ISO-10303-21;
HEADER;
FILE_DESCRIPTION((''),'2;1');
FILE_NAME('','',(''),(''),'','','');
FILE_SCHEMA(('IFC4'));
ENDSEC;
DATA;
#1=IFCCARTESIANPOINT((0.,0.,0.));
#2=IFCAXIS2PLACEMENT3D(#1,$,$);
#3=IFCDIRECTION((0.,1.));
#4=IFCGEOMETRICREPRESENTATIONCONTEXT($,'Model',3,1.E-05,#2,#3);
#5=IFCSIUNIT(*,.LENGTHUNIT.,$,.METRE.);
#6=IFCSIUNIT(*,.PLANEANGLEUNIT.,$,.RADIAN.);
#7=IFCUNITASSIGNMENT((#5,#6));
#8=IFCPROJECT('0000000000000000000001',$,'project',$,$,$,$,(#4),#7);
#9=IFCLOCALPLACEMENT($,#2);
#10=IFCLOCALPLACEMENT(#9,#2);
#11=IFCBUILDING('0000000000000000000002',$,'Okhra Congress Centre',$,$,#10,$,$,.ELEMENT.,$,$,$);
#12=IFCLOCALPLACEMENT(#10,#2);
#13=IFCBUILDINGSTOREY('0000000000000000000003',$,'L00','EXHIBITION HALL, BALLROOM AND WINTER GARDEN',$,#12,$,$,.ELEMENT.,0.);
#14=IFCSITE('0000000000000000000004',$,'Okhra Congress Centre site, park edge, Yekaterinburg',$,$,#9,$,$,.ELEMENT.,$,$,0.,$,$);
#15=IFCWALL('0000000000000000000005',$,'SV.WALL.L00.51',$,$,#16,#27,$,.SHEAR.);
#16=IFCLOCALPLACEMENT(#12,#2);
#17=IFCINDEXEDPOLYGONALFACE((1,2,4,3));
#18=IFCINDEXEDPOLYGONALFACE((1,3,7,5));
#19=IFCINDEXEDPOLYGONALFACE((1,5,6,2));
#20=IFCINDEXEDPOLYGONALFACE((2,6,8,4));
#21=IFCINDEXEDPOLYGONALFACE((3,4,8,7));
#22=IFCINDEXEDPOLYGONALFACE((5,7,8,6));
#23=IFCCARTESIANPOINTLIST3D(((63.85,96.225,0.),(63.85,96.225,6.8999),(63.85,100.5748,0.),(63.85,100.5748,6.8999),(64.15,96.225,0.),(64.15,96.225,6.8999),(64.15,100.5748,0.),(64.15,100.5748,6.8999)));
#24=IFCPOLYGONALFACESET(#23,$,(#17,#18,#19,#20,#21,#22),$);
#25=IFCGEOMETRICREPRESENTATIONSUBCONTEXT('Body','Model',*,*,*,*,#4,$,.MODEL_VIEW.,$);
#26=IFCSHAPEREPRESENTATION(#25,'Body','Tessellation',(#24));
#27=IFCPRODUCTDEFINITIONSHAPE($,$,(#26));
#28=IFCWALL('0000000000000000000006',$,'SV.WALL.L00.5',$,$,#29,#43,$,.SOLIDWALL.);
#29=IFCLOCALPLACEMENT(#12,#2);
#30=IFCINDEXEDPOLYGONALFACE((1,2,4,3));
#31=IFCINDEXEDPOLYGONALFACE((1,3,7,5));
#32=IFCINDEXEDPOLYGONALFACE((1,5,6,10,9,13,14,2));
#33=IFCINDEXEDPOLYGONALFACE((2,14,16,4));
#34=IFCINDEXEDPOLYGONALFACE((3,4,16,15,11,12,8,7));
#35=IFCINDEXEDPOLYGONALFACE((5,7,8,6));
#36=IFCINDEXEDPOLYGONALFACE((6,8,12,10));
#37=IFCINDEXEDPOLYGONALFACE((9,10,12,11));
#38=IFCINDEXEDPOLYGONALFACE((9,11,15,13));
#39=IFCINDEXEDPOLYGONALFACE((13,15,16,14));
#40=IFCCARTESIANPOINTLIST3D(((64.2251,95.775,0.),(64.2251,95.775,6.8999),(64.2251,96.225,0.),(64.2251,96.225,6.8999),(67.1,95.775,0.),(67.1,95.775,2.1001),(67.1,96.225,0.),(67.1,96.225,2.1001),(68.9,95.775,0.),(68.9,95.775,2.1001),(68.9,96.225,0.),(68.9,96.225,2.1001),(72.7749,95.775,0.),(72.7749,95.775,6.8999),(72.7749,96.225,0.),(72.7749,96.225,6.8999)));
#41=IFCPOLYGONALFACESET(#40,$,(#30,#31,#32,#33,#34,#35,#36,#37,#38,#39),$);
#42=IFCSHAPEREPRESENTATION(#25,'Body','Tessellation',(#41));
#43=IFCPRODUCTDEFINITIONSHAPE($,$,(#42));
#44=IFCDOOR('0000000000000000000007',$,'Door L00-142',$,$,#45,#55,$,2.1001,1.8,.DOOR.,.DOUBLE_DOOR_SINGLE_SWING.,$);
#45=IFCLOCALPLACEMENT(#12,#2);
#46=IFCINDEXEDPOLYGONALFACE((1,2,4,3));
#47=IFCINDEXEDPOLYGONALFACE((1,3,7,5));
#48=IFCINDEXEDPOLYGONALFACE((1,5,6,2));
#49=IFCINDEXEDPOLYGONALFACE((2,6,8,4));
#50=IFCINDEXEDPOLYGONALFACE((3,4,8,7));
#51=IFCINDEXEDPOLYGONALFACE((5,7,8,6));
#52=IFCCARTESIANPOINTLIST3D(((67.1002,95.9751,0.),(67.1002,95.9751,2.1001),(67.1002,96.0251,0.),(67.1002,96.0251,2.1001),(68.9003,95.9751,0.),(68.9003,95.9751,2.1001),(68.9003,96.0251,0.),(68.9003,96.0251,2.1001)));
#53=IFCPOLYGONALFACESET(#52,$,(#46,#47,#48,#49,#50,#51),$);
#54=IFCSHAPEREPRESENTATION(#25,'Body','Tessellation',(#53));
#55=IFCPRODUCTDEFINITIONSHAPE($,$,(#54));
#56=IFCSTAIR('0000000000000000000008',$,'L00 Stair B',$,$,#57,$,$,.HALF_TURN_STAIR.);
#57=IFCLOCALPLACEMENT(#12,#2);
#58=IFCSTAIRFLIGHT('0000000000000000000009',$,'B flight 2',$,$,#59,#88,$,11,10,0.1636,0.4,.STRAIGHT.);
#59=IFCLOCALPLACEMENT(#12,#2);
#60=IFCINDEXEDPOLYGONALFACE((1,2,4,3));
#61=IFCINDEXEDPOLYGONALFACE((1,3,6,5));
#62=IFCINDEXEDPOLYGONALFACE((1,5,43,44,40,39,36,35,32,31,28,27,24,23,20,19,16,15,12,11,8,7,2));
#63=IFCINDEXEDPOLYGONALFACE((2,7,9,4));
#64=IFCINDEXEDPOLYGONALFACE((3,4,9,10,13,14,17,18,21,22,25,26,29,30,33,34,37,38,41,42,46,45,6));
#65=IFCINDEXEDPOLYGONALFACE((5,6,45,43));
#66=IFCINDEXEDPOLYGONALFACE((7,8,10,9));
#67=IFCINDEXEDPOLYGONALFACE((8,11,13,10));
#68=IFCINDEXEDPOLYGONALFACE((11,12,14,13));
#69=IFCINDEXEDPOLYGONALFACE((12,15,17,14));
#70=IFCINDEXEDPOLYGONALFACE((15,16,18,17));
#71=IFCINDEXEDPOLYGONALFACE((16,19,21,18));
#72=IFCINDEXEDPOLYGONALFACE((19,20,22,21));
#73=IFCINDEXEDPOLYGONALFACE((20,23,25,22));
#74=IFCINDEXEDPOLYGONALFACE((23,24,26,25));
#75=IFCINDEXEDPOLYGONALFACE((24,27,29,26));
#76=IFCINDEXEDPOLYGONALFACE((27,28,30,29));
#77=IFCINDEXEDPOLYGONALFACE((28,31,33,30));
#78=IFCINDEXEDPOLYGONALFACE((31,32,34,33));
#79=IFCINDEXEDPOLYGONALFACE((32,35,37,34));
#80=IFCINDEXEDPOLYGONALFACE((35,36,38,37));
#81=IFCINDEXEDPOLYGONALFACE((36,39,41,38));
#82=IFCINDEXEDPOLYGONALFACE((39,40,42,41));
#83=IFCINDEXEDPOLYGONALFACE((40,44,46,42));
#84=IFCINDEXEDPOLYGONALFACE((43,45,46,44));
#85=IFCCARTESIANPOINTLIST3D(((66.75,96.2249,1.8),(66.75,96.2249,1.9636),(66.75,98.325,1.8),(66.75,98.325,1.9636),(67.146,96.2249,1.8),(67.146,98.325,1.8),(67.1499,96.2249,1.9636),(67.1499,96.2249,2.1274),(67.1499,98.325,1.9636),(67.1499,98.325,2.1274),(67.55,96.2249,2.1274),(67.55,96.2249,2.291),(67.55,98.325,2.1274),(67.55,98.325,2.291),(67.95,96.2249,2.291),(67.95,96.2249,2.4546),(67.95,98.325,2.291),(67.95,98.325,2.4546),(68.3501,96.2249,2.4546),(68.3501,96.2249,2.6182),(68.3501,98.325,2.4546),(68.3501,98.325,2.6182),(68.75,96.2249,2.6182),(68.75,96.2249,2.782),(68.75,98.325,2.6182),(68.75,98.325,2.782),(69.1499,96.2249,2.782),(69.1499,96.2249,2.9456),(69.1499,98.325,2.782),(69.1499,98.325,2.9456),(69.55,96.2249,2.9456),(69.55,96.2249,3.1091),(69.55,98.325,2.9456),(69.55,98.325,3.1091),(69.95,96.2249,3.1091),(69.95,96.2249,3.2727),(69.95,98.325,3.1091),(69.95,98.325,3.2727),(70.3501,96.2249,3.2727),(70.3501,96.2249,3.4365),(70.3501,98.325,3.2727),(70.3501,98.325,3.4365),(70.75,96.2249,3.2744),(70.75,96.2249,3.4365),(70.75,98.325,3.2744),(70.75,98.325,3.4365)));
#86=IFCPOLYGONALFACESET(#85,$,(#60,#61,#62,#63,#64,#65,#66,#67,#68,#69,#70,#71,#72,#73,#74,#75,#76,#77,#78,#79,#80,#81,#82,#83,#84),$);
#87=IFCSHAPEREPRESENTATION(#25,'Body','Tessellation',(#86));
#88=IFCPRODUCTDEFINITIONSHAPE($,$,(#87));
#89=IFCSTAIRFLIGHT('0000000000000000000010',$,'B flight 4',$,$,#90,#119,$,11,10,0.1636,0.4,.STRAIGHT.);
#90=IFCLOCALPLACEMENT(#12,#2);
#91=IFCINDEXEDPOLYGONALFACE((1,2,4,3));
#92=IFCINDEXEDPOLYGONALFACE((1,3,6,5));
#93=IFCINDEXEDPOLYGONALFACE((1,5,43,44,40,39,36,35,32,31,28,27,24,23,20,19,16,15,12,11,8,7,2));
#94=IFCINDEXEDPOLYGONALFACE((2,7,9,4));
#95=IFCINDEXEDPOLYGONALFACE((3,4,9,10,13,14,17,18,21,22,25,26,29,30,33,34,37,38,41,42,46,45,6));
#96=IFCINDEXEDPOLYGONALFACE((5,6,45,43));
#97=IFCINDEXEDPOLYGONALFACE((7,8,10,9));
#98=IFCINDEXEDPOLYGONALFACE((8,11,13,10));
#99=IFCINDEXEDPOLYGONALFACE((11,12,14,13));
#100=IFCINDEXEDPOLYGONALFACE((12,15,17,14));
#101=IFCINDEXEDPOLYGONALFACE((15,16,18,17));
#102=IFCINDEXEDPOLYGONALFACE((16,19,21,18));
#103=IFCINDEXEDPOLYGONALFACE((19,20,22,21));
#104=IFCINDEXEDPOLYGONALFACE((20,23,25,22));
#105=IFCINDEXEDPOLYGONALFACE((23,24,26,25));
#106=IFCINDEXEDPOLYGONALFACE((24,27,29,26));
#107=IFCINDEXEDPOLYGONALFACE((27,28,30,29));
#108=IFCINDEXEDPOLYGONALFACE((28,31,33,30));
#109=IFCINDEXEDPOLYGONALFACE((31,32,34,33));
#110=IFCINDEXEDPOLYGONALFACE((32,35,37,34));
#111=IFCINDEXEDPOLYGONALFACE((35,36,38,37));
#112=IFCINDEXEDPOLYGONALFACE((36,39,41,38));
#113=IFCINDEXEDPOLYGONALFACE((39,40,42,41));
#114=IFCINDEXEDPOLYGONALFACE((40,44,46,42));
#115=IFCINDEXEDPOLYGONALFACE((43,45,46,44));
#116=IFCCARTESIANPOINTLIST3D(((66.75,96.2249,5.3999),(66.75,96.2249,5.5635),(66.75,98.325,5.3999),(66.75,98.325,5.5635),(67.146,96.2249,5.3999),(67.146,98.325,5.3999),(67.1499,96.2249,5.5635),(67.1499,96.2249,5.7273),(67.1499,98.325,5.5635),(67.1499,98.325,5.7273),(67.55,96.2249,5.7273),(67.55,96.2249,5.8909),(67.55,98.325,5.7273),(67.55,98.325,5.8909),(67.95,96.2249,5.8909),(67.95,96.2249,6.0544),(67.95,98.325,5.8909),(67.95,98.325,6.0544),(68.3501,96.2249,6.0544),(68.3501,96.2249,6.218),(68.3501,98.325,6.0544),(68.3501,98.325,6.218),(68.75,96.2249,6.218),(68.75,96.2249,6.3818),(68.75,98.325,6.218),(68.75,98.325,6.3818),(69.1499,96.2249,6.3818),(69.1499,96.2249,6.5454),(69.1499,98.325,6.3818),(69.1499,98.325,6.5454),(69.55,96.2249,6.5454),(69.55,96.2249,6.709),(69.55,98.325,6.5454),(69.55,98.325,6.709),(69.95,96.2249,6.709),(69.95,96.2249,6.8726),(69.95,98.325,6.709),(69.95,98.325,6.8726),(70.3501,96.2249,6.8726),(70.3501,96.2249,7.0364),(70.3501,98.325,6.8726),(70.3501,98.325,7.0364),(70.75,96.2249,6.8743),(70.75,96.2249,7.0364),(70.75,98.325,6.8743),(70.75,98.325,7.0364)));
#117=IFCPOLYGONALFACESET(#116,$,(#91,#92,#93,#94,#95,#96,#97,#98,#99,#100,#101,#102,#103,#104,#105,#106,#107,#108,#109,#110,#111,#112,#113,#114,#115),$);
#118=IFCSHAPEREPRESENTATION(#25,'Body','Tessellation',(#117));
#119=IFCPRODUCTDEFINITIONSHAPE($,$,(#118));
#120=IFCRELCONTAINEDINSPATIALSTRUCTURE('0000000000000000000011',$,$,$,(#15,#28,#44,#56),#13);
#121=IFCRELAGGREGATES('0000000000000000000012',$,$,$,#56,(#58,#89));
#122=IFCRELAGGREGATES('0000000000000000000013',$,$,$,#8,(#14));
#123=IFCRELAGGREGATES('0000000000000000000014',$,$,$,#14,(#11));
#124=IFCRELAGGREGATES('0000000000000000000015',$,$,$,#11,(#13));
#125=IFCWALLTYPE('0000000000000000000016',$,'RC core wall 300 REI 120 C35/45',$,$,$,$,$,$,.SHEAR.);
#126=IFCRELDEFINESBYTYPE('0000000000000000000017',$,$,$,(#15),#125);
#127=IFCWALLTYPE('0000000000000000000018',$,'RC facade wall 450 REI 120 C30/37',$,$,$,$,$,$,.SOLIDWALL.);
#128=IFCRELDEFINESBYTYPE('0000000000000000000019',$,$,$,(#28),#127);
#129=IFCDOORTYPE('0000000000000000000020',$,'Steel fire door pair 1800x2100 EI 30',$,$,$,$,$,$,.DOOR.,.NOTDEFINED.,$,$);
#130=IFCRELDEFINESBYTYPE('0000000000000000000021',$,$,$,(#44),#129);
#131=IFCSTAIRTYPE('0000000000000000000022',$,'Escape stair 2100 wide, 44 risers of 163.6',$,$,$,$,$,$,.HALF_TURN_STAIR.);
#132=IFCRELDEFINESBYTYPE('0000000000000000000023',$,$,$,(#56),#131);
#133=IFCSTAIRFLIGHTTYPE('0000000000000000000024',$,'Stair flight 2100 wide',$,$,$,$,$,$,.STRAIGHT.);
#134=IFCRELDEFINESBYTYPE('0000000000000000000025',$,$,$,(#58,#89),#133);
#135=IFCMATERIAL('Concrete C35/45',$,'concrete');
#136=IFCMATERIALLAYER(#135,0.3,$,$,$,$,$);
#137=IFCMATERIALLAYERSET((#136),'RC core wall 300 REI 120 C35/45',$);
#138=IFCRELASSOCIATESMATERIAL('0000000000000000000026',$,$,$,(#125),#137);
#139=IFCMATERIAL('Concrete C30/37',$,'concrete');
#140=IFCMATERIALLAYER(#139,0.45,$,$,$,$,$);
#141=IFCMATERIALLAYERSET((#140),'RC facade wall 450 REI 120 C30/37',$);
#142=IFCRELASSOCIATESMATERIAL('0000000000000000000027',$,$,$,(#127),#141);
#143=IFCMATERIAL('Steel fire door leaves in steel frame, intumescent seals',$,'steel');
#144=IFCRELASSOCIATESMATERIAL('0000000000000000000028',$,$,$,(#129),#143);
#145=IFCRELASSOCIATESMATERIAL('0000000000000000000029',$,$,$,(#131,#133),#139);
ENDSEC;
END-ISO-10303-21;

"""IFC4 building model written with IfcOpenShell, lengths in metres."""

from ifc_helpers import new_model, si_unit, direction, frame, frame_2d, origin, place, context, subcontext, project, spatial, polyline, rectangle, outline, extrude, material, layer, layer_set, type_object, element, fill, aggregate, save


model = new_model("IFC4")

# Units and contexts
model_context = context("Model", 3, precision=1e-05, world=origin(), true_north=direction((0.0, 1.0)))
body_context = subcontext(model_context, "Body", "Model", "MODEL_VIEW")
ifc_project = project(units=[si_unit("LENGTHUNIT", "METRE"), si_unit("PLANEANGLEUNIT", "RADIAN")], contexts=[model_context])

# Site, building, storey
site_placement = place(None, origin())
site = spatial("IfcSite", under=ifc_project, at=site_placement, Name="Okhra Congress Centre site, park edge, Yekaterinburg", CompositionType="ELEMENT", RefElevation=0.0)
building_placement = place(site_placement, origin())
building = spatial("IfcBuilding", under=site, at=building_placement, Name="Okhra Congress Centre", CompositionType="ELEMENT")
storey_placement = place(building_placement, origin())
storey = spatial("IfcBuildingStorey", under=building, at=storey_placement, Name="L00", Description="EXHIBITION HALL, BALLROOM AND WINTER GARDEN", CompositionType="ELEMENT", Elevation=0.0)

# Shared definitions
ifc_material_1 = material(Name="Concrete C30/37", Category="concrete")

# Shared definitions
ifc_material_2 = material(Name="Concrete C35/45", Category="concrete")

# Shared definitions
ifc_layer_1 = layer(ifc_material_2, 0.3)
ifc_layer_set_1 = layer_set([ifc_layer_1], Name="RC core wall 300 REI 120 C35/45")
wall_type_1 = type_object("IfcWallType", Name="RC core wall 300 REI 120 C35/45", PredefinedType="SHEAR", material=ifc_layer_set_1)

# Wall
wall_1_placement = place(storey_placement, frame((64.0, 96.2251, 0.0), z_axis=(0.0, 0.0, 1.0), x_axis=(0.0, 1.0, 0.0)))
element("IfcWall", 1, at=wall_1_placement, inside=storey, type_object=wall_type_1, Name="SV.WALL.L00.51", PredefinedType="SHEAR", context=body_context, shape_type="SweptSolid", body=[
    extrude(rectangle(XDim=4.3499, YDim=0.3, at=frame_2d((2.1748, 0.0))), origin(), (0.0, 0.0, 1.0), 6.8999),
])

# Wall, opening, door
ifc_layer_2 = layer(ifc_material_1, 0.45)
ifc_layer_set_2 = layer_set([ifc_layer_2], Name="RC facade wall 450 REI 120 C30/37")
wall_type_2 = type_object("IfcWallType", Name="RC facade wall 450 REI 120 C30/37", PredefinedType="SOLIDWALL", material=ifc_layer_set_2)
wall_2_placement = place(storey_placement, frame((64.2251, 96.0, 0.0), z_axis=(0.0, 0.0, 1.0), x_axis=(1.0, 0.0, 0.0)))
wall_2 = element("IfcWall", 2, at=wall_2_placement, inside=storey, type_object=wall_type_2, Name="SV.WALL.L00.5", PredefinedType="SOLIDWALL", context=body_context, shape_type="SweptSolid", body=[
    extrude(rectangle(XDim=8.5498, YDim=0.45, at=frame_2d((4.2749, 0.0))), origin(), (0.0, 0.0, 1.0), 6.8999),
])
opening_1_placement = place(wall_2_placement, frame((2.875, 0.0, 0.0)))
opening_1 = element("IfcOpeningElement", 3, at=opening_1_placement, cuts=wall_2, PredefinedType="OPENING", context=body_context, shape_type="SweptSolid", body=[
    extrude(rectangle(XDim=1.8, YDim=2.1001, at=frame_2d((0.8999, 1.05))), frame((0.0, 0.2349, 0.0), z_axis=(0.0, -1.0, 0.0), x_axis=(1.0, 0.0, 0.0)), (0.0, 0.0, 1.0), 0.47),
])
ifc_material_3 = material(Name="Steel fire door leaves in steel frame, intumescent seals", Category="steel")
door_type_1 = type_object("IfcDoorType", Name="Steel fire door pair 1800x2100 EI 30", OperationType="NOTDEFINED", PredefinedType="DOOR", material=ifc_material_3)
door_1_placement = place(opening_1_placement, frame((1.8, 0.0, 0.0), z_axis=(0.0, 0.0, 1.0), x_axis=(-1.0, 0.0, 0.0)))
door_1 = element("IfcDoor", 4, at=door_1_placement, inside=storey, type_object=door_type_1, Name="Door L00-142", OperationType="DOUBLE_DOOR_SINGLE_SWING", OverallHeight=2.1001, OverallWidth=1.8, PredefinedType="DOOR", context=body_context, shape_type="SweptSolid", body=[
    extrude(rectangle(XDim=1.8, YDim=2.1001, at=frame_2d((0.8999, 1.05))), frame((0.0, 0.0249, 0.0), z_axis=(0.0, -1.0, 0.0), x_axis=(1.0, 0.0, 0.0)), (0.0, 0.0, 1.0), 0.05),
])
fill(opening_1, door_1)

# Stair, stair flights
stair_type = type_object("IfcStairType", Name="Escape stair 2100 wide, 44 risers of 163.6", PredefinedType="HALF_TURN_STAIR", material=ifc_material_1)
stair_placement = place(storey_placement, origin())
stair = element("IfcStair", 5, at=stair_placement, inside=storey, type_object=stair_type, Name="L00 Stair B", PredefinedType="HALF_TURN_STAIR")
stair_flight_type = type_object("IfcStairFlightType", Name="Stair flight 2100 wide", PredefinedType="STRAIGHT", material=ifc_material_1)
stair_flight_1_placement = place(storey_placement, frame((66.75, 97.2749, 1.8), z_axis=(0.0, 0.0, 1.0), x_axis=(1.0, 0.0, 0.0)))
stair_flight_1 = element("IfcStairFlight", 6, at=stair_flight_1_placement, type_object=stair_flight_type, Name="B flight 2", NumberOfRisers=11, NumberOfTreads=10, PredefinedType="STRAIGHT", RiserHeight=0.1636, TreadLength=0.4, context=body_context, shape_type="SweptSolid", body=[
    extrude(outline(polyline([(0.0, 0.0), (0.0, 0.1636), (0.3999, 0.1636), (0.3999, 0.3274), (0.8, 0.3274), (0.8, 0.491), (1.2, 0.491), (1.2, 0.6545), (1.6001, 0.6545), (1.6001, 0.8181), (2.0, 0.8181), (2.0, 0.9819), (2.3999, 0.9819), (2.3999, 1.1455), (2.8, 1.1455), (2.8, 1.3091), (3.2, 1.3091), (3.2, 1.4727), (3.6001, 1.4727), (3.6001, 1.6365), (4.0, 1.6365), (4.0, 1.8), (4.0, 1.4744), (0.396, 0.0), (0.0, 0.0)])), frame((0.0, 1.05, 0.0), z_axis=(0.0, -1.0, 0.0), x_axis=(1.0, 0.0, 0.0)), (0.0, 0.0, 1.0), 2.1001),
])
stair_flight_2_placement = place(storey_placement, frame((66.75, 97.2749, 5.3999), z_axis=(0.0, 0.0, 1.0), x_axis=(1.0, 0.0, 0.0)))
stair_flight_2 = element("IfcStairFlight", 7, at=stair_flight_2_placement, type_object=stair_flight_type, Name="B flight 4", NumberOfRisers=11, NumberOfTreads=10, PredefinedType="STRAIGHT", RiserHeight=0.1636, TreadLength=0.4, context=body_context, shape_type="SweptSolid", body=[
    extrude(outline(polyline([(0.0, 0.0), (0.0, 0.1636), (0.3999, 0.1636), (0.3999, 0.3274), (0.8, 0.3274), (0.8, 0.491), (1.2, 0.491), (1.2, 0.6545), (1.6001, 0.6545), (1.6001, 0.8181), (2.0, 0.8181), (2.0, 0.9819), (2.3999, 0.9819), (2.3999, 1.1455), (2.8, 1.1455), (2.8, 1.3091), (3.2, 1.3091), (3.2, 1.4727), (3.6001, 1.4727), (3.6001, 1.6365), (4.0, 1.6365), (4.0, 1.8), (4.0, 1.4744), (0.396, 0.0), (0.0, 0.0)])), frame((0.0, 1.05, 0.0), z_axis=(0.0, -1.0, 0.0), x_axis=(1.0, 0.0, 0.0)), (0.0, 0.0, 1.0), 2.1001),
])
aggregate(stair, [stair_flight_1, stair_flight_2])

save(model, "model.ifc")
